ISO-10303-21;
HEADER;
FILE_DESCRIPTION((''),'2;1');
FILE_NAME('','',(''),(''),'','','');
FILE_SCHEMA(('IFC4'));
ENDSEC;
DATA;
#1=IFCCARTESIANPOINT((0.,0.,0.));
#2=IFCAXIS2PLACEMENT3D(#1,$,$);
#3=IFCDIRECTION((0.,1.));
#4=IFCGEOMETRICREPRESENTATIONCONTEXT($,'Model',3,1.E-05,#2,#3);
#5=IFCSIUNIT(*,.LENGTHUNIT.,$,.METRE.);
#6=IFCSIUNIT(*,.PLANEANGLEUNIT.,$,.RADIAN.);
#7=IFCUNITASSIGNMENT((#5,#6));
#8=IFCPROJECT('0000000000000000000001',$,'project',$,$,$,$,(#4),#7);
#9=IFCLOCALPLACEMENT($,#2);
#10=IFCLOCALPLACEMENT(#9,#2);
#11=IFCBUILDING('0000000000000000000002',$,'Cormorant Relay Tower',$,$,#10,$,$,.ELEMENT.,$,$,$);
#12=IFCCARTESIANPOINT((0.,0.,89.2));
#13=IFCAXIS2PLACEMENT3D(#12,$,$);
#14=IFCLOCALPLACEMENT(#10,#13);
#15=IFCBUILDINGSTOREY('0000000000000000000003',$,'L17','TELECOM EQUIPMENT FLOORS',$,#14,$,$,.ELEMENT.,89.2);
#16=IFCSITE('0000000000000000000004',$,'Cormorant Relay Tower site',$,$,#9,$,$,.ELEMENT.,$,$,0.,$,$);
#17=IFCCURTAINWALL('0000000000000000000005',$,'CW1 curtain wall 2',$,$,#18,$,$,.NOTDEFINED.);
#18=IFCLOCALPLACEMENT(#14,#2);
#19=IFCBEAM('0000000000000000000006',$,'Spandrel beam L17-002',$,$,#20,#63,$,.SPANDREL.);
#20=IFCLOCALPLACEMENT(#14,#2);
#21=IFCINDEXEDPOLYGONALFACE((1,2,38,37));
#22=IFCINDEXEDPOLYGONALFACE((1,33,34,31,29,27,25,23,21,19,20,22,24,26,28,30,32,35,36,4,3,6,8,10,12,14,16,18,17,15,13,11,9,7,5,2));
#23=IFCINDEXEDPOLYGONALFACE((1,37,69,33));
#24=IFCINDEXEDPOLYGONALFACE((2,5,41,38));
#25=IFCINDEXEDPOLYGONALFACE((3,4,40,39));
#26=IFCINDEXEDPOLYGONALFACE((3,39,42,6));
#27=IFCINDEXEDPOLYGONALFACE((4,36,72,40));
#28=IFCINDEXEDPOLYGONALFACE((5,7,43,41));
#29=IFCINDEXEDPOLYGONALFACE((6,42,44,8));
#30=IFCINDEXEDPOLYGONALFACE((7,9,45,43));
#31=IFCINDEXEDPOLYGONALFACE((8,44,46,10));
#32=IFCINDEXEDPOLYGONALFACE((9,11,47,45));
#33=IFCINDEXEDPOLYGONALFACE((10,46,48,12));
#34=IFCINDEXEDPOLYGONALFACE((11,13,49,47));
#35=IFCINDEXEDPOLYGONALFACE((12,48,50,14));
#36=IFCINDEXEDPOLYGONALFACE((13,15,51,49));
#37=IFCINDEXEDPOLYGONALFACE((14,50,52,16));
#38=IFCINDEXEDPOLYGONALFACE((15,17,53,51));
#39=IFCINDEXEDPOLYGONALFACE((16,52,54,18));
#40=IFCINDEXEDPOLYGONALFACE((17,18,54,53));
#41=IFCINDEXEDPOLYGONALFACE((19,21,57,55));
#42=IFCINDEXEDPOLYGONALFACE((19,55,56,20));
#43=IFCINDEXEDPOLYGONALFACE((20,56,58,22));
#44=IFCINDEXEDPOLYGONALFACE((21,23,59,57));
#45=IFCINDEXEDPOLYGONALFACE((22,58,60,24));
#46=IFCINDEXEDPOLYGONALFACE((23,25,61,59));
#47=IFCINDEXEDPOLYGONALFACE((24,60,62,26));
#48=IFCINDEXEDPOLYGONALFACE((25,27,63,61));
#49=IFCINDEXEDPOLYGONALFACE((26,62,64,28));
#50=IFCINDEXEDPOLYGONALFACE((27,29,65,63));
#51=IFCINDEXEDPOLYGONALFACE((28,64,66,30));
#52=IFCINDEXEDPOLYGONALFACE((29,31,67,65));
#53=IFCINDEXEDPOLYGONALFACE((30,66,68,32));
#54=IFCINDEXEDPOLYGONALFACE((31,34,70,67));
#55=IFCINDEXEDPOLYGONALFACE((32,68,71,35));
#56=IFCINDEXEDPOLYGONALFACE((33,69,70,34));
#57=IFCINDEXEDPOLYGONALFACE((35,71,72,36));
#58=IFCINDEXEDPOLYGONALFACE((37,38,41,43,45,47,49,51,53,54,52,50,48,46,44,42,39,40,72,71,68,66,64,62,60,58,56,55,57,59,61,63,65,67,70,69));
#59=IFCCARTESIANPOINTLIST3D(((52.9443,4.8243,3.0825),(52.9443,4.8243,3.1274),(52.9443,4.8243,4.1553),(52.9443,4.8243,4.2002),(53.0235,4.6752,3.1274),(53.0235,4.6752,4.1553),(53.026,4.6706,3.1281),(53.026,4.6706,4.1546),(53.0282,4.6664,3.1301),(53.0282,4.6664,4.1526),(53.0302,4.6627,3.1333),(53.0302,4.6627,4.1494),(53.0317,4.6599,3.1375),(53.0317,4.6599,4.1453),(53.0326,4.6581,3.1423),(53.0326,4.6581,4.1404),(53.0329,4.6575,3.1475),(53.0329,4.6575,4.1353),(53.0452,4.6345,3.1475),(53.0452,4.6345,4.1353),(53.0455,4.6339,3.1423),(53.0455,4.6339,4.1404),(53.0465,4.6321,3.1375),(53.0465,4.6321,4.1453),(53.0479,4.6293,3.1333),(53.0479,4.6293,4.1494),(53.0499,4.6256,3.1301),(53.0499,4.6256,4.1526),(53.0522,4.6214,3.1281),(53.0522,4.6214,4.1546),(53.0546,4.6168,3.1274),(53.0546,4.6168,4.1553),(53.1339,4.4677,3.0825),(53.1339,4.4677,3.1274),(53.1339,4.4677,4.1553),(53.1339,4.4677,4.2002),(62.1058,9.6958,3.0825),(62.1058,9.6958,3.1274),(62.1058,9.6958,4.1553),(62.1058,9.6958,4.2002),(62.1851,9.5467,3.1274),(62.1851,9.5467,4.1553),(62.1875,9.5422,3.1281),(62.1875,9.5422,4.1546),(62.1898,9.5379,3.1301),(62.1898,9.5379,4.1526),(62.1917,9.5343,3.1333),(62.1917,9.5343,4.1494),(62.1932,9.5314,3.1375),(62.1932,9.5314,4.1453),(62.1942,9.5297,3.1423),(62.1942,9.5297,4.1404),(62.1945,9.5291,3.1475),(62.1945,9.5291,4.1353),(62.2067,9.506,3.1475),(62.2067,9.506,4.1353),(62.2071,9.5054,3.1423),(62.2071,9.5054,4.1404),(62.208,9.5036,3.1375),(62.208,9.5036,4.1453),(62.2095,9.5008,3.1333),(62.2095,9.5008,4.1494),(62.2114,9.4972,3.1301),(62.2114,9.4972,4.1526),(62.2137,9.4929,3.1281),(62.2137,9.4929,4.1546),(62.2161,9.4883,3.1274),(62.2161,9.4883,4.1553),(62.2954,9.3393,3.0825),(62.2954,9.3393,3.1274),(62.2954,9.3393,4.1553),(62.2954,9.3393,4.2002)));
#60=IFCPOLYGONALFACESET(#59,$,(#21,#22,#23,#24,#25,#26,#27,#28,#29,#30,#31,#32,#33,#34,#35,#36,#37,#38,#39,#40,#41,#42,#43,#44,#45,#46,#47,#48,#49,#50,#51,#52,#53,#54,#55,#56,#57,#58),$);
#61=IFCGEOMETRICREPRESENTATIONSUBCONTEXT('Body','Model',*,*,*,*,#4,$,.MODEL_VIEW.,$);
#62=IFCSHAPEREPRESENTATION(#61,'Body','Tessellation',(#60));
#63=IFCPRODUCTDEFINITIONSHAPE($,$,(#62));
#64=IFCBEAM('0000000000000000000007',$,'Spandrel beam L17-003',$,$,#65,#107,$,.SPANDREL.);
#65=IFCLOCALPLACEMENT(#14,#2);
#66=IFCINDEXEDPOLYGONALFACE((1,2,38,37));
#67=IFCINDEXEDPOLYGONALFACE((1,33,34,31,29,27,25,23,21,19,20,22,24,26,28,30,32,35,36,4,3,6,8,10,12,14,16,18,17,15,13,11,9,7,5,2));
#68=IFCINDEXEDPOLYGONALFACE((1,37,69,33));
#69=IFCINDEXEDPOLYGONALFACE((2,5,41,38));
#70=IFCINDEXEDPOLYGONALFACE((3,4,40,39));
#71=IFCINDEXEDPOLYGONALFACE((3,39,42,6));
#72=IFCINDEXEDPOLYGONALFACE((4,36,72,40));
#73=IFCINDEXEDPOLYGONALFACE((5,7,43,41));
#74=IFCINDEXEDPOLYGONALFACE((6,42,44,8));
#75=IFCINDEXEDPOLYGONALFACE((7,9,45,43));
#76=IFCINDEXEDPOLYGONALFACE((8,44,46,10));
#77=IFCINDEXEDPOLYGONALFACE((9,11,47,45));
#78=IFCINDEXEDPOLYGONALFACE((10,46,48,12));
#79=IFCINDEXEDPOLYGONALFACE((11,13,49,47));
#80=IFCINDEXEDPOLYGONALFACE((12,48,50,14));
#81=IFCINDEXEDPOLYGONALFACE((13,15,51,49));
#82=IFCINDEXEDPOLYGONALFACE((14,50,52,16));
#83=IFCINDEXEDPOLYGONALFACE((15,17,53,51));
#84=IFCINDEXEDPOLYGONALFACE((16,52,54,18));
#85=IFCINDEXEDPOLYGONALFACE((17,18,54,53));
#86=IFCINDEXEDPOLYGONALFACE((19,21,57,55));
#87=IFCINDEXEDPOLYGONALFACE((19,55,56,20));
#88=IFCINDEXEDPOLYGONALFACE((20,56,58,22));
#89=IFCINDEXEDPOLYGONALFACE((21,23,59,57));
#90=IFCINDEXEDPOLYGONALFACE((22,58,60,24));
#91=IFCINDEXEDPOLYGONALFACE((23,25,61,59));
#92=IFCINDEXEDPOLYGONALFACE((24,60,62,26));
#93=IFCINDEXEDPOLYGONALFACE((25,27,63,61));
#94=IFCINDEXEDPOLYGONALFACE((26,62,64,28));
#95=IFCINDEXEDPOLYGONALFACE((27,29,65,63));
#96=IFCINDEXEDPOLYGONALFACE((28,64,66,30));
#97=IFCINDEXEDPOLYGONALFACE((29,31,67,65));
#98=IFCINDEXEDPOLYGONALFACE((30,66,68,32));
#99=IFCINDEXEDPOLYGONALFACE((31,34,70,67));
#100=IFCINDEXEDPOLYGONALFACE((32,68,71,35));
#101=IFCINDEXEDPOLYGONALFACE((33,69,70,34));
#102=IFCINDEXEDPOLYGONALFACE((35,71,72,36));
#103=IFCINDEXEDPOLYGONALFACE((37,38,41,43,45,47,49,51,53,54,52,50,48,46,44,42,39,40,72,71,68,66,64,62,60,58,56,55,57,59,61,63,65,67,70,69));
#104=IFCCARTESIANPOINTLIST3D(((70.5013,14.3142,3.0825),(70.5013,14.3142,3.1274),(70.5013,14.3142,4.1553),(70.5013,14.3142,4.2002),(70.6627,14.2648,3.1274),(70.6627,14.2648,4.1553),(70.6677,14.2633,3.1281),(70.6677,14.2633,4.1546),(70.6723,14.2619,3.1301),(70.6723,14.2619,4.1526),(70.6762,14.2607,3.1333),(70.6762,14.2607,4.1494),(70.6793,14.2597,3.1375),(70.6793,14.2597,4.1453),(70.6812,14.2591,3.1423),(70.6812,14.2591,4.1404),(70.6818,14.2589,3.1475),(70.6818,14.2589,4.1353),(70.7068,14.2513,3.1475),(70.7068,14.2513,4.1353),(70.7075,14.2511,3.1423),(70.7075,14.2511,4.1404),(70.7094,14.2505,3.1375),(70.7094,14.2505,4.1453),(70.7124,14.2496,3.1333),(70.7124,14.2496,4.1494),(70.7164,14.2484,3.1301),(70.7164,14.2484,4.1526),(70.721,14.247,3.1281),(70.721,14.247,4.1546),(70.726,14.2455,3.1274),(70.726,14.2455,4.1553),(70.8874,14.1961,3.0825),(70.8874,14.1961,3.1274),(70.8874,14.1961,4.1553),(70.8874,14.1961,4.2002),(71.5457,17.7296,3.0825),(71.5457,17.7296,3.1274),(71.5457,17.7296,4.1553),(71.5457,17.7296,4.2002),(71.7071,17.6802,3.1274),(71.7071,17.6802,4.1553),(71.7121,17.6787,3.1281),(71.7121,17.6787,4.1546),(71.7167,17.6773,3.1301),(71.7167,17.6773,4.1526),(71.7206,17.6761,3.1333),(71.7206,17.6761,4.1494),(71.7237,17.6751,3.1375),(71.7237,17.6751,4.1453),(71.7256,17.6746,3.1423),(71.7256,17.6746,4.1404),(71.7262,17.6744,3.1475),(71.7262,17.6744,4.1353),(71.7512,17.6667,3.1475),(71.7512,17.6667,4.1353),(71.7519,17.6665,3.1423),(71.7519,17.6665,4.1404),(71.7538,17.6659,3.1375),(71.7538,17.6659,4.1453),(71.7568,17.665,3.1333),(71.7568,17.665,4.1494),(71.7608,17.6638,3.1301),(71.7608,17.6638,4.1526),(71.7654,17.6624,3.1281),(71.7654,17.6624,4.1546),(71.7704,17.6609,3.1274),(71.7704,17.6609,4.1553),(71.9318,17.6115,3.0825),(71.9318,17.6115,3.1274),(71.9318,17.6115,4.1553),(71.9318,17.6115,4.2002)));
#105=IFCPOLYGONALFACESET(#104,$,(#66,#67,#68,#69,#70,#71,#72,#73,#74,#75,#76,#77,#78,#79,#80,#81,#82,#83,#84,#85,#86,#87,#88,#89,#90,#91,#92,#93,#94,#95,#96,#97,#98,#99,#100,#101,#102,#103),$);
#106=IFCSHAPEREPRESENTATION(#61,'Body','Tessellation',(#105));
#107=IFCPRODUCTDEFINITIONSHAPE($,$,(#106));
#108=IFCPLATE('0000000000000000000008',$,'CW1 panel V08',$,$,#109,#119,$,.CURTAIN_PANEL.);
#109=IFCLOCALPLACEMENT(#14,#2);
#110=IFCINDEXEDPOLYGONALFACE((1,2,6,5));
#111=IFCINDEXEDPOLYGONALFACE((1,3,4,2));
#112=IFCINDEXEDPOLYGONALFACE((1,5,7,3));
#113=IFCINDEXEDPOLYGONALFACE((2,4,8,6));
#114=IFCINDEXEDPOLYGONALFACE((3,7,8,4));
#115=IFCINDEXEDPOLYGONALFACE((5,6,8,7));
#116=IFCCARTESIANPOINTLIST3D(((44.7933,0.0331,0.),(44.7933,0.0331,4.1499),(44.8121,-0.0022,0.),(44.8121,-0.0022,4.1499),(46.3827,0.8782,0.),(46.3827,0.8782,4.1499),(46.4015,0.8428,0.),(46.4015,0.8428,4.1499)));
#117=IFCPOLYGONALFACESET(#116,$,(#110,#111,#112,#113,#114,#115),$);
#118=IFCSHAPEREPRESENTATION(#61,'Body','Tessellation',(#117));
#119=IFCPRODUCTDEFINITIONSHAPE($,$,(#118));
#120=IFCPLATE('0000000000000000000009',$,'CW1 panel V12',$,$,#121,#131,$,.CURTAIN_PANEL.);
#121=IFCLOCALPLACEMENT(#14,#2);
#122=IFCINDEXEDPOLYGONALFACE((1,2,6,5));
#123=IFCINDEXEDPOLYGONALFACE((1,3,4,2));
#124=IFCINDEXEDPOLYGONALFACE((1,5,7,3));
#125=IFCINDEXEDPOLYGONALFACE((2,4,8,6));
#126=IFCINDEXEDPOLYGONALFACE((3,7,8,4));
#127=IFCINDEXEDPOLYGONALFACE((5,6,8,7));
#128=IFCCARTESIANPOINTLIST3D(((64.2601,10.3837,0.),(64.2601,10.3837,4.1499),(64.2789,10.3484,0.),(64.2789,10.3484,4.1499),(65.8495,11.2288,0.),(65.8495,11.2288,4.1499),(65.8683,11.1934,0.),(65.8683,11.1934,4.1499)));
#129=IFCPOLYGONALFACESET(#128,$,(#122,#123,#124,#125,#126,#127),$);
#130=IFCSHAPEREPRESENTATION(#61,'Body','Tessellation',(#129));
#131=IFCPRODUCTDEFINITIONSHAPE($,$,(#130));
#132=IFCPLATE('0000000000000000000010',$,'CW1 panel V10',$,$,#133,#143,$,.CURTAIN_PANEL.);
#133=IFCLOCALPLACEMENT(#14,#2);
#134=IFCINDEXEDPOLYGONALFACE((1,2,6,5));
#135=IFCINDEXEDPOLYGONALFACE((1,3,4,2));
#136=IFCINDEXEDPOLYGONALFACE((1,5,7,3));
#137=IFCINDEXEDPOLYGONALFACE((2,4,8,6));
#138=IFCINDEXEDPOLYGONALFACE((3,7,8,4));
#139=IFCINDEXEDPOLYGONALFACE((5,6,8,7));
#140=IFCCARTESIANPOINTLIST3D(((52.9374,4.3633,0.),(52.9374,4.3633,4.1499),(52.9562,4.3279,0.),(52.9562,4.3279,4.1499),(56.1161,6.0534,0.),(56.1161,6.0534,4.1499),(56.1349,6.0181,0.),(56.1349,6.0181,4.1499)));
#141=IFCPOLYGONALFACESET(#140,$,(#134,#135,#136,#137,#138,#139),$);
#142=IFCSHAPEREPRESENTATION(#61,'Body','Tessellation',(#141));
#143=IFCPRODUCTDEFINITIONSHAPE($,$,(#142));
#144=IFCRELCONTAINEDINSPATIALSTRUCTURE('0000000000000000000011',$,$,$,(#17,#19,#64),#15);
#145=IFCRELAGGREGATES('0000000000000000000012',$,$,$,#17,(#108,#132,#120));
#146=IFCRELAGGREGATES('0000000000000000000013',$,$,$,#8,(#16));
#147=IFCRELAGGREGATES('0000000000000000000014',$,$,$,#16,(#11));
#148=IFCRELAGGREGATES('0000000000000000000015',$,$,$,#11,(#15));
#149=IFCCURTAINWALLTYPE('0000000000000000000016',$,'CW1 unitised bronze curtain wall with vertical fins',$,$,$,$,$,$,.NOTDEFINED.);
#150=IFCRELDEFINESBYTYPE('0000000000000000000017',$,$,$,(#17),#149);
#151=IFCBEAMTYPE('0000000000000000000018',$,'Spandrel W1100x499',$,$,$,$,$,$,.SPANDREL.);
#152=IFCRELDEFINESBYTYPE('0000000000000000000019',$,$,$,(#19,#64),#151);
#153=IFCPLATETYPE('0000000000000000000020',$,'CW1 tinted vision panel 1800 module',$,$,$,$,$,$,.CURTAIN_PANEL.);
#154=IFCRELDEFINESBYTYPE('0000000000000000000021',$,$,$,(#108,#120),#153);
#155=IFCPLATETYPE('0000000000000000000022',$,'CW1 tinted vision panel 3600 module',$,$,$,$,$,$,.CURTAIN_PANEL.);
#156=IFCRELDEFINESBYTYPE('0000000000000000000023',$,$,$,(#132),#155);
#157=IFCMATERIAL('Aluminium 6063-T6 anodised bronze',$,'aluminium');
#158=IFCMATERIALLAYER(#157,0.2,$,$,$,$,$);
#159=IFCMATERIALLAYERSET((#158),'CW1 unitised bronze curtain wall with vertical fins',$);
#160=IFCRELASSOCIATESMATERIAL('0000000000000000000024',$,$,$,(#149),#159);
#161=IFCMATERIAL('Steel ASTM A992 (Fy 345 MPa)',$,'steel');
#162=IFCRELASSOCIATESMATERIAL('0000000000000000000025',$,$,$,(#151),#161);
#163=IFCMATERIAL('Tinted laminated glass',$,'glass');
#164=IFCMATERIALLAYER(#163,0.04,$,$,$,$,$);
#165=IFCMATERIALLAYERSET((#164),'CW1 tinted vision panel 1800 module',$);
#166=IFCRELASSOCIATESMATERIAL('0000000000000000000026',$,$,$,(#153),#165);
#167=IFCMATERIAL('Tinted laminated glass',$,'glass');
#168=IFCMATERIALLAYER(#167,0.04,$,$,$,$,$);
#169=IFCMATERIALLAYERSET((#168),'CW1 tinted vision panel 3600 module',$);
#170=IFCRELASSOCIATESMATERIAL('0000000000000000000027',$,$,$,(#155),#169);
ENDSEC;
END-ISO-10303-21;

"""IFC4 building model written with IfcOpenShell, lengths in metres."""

from ifc_helpers import new_model, si_unit, direction, frame, origin, origin_2d, place, context, subcontext, project, spatial, rectangle, i_section, extrude, material, layer, layer_set, material_profile, profile_set, type_object, element, aggregate, save


model = new_model("IFC4")

# Units and contexts
model_context = context("Model", 3, precision=1e-05, world=origin(), true_north=direction((0.0, 1.0)))
body_context = subcontext(model_context, "Body", "Model", "MODEL_VIEW")
ifc_project = project(units=[si_unit("LENGTHUNIT", "METRE"), si_unit("PLANEANGLEUNIT", "RADIAN")], contexts=[model_context])

# Site, building, storey
site_placement = place(None, origin())
site = spatial("IfcSite", under=ifc_project, at=site_placement, Name="Cormorant Relay Tower site", CompositionType="ELEMENT", RefElevation=0.0)
building_placement = place(site_placement, origin())
building = spatial("IfcBuilding", under=site, at=building_placement, Name="Cormorant Relay Tower", CompositionType="ELEMENT")
storey_placement = place(building_placement, frame((0.0, 0.0, 89.2)))
storey = spatial("IfcBuildingStorey", under=building, at=storey_placement, Name="L17", Description="TELECOM EQUIPMENT FLOORS", CompositionType="ELEMENT", Elevation=89.2)

# Curtain wall
ifc_material_1 = material(Name="Aluminium 6063-T6 anodised bronze", Category="aluminium")
ifc_layer_1 = layer(ifc_material_1, 0.2)
ifc_layer_set_1 = layer_set([ifc_layer_1], Name="CW1 unitised bronze curtain wall with vertical fins")
curtain_wall_type = type_object("IfcCurtainWallType", Name="CW1 unitised bronze curtain wall with vertical fins", PredefinedType="NOTDEFINED", material=ifc_layer_set_1)
curtain_wall_1_placement = place(storey_placement, origin())
curtain_wall_1 = element("IfcCurtainWall", 1, at=curtain_wall_1_placement, inside=storey, type_object=curtain_wall_type, Name="CW1 curtain wall 2", PredefinedType="NOTDEFINED")

# Beams
ifc_material_2 = material(Name="Steel ASTM A992 (Fy 345 MPa)", Category="steel")
ifc_material_profile_1 = material_profile(ifc_material_2, i_section(OverallWidth=0.4038, OverallDepth=1.1177, WebThickness=0.0261, FlangeThickness=0.0449, FilletRadius=0.02, at=origin_2d()), Name="W1100x499")
ifc_profile_set_1 = profile_set([ifc_material_profile_1], Name="Steel ASTM A992 (Fy 345 MPa)")
beam_type = type_object("IfcBeamType", Name="Spandrel W1100x499", PredefinedType="SPANDREL", material=ifc_profile_set_1)
beam_1_placement = place(storey_placement, frame((53.0391, 4.646, 3.6414), z_axis=(0.882937, 0.469491, 0.0), x_axis=(-0.469491, 0.882937, 0.0)))
element("IfcBeam", 2, at=beam_1_placement, inside=storey, type_object=beam_type, Name="Spandrel beam L17-002", PredefinedType="SPANDREL", context=body_context, shape_type="SweptSolid", body=[
    extrude(i_section(OverallWidth=0.4038, OverallDepth=1.1177, WebThickness=0.0261, FlangeThickness=0.0449, FilletRadius=0.02, at=origin_2d()), origin(), (0.0, 0.0, 1.0), 10.3762),
])
beam_2_placement = place(storey_placement, frame((70.6943, 14.2551, 3.6414), z_axis=(0.292423, 0.956289, 0.0), x_axis=(-0.956289, 0.292423, 0.0)))
element("IfcBeam", 3, at=beam_2_placement, inside=storey, type_object=beam_type, Name="Spandrel beam L17-003", PredefinedType="SPANDREL", context=body_context, shape_type="SweptSolid", body=[
    extrude(i_section(OverallWidth=0.4038, OverallDepth=1.1177, WebThickness=0.0261, FlangeThickness=0.0449, FilletRadius=0.02, at=origin_2d()), origin(), (0.0, 0.0, 1.0), 3.5715),
])

# Plates
ifc_material_3 = material(Name="Tinted laminated glass", Category="glass")
ifc_layer_2 = layer(ifc_material_3, 0.04)
ifc_layer_set_2 = layer_set([ifc_layer_2], Name="CW1 tinted vision panel 1800 module")
plate_type_1 = type_object("IfcPlateType", Name="CW1 tinted vision panel 1800 module", PredefinedType="CURTAIN_PANEL", material=ifc_layer_set_2)
plate_1_placement = place(storey_placement, frame((45.5974, 0.438, 0.0), z_axis=(0.0, 0.0, 1.0), x_axis=(0.882948, 0.469472, 0.0)))
plate_1 = element("IfcPlate", 4, at=plate_1_placement, type_object=plate_type_1, Name="CW1 panel V08", PredefinedType="CURTAIN_PANEL", context=body_context, shape_type="SweptSolid", body=[
    extrude(rectangle(XDim=1.8, YDim=0.04, at=origin_2d()), origin(), (0.0, 0.0, 1.0), 4.1499),
])
plate_2_placement = place(storey_placement, frame((65.0642, 10.7886, 0.0), z_axis=(0.0, 0.0, 1.0), x_axis=(0.882948, 0.469472, 0.0)))
plate_2 = element("IfcPlate", 5, at=plate_2_placement, type_object=plate_type_1, Name="CW1 panel V12", PredefinedType="CURTAIN_PANEL", context=body_context, shape_type="SweptSolid", body=[
    extrude(rectangle(XDim=1.8, YDim=0.04, at=origin_2d()), origin(), (0.0, 0.0, 1.0), 4.1499),
])
ifc_material_4 = material(Name="Tinted laminated glass", Category="glass")
ifc_layer_3 = layer(ifc_material_4, 0.04)
ifc_layer_set_3 = layer_set([ifc_layer_3], Name="CW1 tinted vision panel 3600 module")
plate_type_2 = type_object("IfcPlateType", Name="CW1 tinted vision panel 3600 module", PredefinedType="CURTAIN_PANEL", material=ifc_layer_set_3)
plate_3_placement = place(storey_placement, frame((54.5361, 5.1907, 0.0), z_axis=(0.0, 0.0, 1.0), x_axis=(0.882948, 0.469472, 0.0)))
plate_3 = element("IfcPlate", 6, at=plate_3_placement, type_object=plate_type_2, Name="CW1 panel V10", PredefinedType="CURTAIN_PANEL", context=body_context, shape_type="SweptSolid", body=[
    extrude(rectangle(XDim=3.6001, YDim=0.04, at=origin_2d()), origin(), (0.0, 0.0, 1.0), 4.1499),
])

aggregate(curtain_wall_1, [plate_1, plate_3, plate_2])

save(model, "model.ifc")
